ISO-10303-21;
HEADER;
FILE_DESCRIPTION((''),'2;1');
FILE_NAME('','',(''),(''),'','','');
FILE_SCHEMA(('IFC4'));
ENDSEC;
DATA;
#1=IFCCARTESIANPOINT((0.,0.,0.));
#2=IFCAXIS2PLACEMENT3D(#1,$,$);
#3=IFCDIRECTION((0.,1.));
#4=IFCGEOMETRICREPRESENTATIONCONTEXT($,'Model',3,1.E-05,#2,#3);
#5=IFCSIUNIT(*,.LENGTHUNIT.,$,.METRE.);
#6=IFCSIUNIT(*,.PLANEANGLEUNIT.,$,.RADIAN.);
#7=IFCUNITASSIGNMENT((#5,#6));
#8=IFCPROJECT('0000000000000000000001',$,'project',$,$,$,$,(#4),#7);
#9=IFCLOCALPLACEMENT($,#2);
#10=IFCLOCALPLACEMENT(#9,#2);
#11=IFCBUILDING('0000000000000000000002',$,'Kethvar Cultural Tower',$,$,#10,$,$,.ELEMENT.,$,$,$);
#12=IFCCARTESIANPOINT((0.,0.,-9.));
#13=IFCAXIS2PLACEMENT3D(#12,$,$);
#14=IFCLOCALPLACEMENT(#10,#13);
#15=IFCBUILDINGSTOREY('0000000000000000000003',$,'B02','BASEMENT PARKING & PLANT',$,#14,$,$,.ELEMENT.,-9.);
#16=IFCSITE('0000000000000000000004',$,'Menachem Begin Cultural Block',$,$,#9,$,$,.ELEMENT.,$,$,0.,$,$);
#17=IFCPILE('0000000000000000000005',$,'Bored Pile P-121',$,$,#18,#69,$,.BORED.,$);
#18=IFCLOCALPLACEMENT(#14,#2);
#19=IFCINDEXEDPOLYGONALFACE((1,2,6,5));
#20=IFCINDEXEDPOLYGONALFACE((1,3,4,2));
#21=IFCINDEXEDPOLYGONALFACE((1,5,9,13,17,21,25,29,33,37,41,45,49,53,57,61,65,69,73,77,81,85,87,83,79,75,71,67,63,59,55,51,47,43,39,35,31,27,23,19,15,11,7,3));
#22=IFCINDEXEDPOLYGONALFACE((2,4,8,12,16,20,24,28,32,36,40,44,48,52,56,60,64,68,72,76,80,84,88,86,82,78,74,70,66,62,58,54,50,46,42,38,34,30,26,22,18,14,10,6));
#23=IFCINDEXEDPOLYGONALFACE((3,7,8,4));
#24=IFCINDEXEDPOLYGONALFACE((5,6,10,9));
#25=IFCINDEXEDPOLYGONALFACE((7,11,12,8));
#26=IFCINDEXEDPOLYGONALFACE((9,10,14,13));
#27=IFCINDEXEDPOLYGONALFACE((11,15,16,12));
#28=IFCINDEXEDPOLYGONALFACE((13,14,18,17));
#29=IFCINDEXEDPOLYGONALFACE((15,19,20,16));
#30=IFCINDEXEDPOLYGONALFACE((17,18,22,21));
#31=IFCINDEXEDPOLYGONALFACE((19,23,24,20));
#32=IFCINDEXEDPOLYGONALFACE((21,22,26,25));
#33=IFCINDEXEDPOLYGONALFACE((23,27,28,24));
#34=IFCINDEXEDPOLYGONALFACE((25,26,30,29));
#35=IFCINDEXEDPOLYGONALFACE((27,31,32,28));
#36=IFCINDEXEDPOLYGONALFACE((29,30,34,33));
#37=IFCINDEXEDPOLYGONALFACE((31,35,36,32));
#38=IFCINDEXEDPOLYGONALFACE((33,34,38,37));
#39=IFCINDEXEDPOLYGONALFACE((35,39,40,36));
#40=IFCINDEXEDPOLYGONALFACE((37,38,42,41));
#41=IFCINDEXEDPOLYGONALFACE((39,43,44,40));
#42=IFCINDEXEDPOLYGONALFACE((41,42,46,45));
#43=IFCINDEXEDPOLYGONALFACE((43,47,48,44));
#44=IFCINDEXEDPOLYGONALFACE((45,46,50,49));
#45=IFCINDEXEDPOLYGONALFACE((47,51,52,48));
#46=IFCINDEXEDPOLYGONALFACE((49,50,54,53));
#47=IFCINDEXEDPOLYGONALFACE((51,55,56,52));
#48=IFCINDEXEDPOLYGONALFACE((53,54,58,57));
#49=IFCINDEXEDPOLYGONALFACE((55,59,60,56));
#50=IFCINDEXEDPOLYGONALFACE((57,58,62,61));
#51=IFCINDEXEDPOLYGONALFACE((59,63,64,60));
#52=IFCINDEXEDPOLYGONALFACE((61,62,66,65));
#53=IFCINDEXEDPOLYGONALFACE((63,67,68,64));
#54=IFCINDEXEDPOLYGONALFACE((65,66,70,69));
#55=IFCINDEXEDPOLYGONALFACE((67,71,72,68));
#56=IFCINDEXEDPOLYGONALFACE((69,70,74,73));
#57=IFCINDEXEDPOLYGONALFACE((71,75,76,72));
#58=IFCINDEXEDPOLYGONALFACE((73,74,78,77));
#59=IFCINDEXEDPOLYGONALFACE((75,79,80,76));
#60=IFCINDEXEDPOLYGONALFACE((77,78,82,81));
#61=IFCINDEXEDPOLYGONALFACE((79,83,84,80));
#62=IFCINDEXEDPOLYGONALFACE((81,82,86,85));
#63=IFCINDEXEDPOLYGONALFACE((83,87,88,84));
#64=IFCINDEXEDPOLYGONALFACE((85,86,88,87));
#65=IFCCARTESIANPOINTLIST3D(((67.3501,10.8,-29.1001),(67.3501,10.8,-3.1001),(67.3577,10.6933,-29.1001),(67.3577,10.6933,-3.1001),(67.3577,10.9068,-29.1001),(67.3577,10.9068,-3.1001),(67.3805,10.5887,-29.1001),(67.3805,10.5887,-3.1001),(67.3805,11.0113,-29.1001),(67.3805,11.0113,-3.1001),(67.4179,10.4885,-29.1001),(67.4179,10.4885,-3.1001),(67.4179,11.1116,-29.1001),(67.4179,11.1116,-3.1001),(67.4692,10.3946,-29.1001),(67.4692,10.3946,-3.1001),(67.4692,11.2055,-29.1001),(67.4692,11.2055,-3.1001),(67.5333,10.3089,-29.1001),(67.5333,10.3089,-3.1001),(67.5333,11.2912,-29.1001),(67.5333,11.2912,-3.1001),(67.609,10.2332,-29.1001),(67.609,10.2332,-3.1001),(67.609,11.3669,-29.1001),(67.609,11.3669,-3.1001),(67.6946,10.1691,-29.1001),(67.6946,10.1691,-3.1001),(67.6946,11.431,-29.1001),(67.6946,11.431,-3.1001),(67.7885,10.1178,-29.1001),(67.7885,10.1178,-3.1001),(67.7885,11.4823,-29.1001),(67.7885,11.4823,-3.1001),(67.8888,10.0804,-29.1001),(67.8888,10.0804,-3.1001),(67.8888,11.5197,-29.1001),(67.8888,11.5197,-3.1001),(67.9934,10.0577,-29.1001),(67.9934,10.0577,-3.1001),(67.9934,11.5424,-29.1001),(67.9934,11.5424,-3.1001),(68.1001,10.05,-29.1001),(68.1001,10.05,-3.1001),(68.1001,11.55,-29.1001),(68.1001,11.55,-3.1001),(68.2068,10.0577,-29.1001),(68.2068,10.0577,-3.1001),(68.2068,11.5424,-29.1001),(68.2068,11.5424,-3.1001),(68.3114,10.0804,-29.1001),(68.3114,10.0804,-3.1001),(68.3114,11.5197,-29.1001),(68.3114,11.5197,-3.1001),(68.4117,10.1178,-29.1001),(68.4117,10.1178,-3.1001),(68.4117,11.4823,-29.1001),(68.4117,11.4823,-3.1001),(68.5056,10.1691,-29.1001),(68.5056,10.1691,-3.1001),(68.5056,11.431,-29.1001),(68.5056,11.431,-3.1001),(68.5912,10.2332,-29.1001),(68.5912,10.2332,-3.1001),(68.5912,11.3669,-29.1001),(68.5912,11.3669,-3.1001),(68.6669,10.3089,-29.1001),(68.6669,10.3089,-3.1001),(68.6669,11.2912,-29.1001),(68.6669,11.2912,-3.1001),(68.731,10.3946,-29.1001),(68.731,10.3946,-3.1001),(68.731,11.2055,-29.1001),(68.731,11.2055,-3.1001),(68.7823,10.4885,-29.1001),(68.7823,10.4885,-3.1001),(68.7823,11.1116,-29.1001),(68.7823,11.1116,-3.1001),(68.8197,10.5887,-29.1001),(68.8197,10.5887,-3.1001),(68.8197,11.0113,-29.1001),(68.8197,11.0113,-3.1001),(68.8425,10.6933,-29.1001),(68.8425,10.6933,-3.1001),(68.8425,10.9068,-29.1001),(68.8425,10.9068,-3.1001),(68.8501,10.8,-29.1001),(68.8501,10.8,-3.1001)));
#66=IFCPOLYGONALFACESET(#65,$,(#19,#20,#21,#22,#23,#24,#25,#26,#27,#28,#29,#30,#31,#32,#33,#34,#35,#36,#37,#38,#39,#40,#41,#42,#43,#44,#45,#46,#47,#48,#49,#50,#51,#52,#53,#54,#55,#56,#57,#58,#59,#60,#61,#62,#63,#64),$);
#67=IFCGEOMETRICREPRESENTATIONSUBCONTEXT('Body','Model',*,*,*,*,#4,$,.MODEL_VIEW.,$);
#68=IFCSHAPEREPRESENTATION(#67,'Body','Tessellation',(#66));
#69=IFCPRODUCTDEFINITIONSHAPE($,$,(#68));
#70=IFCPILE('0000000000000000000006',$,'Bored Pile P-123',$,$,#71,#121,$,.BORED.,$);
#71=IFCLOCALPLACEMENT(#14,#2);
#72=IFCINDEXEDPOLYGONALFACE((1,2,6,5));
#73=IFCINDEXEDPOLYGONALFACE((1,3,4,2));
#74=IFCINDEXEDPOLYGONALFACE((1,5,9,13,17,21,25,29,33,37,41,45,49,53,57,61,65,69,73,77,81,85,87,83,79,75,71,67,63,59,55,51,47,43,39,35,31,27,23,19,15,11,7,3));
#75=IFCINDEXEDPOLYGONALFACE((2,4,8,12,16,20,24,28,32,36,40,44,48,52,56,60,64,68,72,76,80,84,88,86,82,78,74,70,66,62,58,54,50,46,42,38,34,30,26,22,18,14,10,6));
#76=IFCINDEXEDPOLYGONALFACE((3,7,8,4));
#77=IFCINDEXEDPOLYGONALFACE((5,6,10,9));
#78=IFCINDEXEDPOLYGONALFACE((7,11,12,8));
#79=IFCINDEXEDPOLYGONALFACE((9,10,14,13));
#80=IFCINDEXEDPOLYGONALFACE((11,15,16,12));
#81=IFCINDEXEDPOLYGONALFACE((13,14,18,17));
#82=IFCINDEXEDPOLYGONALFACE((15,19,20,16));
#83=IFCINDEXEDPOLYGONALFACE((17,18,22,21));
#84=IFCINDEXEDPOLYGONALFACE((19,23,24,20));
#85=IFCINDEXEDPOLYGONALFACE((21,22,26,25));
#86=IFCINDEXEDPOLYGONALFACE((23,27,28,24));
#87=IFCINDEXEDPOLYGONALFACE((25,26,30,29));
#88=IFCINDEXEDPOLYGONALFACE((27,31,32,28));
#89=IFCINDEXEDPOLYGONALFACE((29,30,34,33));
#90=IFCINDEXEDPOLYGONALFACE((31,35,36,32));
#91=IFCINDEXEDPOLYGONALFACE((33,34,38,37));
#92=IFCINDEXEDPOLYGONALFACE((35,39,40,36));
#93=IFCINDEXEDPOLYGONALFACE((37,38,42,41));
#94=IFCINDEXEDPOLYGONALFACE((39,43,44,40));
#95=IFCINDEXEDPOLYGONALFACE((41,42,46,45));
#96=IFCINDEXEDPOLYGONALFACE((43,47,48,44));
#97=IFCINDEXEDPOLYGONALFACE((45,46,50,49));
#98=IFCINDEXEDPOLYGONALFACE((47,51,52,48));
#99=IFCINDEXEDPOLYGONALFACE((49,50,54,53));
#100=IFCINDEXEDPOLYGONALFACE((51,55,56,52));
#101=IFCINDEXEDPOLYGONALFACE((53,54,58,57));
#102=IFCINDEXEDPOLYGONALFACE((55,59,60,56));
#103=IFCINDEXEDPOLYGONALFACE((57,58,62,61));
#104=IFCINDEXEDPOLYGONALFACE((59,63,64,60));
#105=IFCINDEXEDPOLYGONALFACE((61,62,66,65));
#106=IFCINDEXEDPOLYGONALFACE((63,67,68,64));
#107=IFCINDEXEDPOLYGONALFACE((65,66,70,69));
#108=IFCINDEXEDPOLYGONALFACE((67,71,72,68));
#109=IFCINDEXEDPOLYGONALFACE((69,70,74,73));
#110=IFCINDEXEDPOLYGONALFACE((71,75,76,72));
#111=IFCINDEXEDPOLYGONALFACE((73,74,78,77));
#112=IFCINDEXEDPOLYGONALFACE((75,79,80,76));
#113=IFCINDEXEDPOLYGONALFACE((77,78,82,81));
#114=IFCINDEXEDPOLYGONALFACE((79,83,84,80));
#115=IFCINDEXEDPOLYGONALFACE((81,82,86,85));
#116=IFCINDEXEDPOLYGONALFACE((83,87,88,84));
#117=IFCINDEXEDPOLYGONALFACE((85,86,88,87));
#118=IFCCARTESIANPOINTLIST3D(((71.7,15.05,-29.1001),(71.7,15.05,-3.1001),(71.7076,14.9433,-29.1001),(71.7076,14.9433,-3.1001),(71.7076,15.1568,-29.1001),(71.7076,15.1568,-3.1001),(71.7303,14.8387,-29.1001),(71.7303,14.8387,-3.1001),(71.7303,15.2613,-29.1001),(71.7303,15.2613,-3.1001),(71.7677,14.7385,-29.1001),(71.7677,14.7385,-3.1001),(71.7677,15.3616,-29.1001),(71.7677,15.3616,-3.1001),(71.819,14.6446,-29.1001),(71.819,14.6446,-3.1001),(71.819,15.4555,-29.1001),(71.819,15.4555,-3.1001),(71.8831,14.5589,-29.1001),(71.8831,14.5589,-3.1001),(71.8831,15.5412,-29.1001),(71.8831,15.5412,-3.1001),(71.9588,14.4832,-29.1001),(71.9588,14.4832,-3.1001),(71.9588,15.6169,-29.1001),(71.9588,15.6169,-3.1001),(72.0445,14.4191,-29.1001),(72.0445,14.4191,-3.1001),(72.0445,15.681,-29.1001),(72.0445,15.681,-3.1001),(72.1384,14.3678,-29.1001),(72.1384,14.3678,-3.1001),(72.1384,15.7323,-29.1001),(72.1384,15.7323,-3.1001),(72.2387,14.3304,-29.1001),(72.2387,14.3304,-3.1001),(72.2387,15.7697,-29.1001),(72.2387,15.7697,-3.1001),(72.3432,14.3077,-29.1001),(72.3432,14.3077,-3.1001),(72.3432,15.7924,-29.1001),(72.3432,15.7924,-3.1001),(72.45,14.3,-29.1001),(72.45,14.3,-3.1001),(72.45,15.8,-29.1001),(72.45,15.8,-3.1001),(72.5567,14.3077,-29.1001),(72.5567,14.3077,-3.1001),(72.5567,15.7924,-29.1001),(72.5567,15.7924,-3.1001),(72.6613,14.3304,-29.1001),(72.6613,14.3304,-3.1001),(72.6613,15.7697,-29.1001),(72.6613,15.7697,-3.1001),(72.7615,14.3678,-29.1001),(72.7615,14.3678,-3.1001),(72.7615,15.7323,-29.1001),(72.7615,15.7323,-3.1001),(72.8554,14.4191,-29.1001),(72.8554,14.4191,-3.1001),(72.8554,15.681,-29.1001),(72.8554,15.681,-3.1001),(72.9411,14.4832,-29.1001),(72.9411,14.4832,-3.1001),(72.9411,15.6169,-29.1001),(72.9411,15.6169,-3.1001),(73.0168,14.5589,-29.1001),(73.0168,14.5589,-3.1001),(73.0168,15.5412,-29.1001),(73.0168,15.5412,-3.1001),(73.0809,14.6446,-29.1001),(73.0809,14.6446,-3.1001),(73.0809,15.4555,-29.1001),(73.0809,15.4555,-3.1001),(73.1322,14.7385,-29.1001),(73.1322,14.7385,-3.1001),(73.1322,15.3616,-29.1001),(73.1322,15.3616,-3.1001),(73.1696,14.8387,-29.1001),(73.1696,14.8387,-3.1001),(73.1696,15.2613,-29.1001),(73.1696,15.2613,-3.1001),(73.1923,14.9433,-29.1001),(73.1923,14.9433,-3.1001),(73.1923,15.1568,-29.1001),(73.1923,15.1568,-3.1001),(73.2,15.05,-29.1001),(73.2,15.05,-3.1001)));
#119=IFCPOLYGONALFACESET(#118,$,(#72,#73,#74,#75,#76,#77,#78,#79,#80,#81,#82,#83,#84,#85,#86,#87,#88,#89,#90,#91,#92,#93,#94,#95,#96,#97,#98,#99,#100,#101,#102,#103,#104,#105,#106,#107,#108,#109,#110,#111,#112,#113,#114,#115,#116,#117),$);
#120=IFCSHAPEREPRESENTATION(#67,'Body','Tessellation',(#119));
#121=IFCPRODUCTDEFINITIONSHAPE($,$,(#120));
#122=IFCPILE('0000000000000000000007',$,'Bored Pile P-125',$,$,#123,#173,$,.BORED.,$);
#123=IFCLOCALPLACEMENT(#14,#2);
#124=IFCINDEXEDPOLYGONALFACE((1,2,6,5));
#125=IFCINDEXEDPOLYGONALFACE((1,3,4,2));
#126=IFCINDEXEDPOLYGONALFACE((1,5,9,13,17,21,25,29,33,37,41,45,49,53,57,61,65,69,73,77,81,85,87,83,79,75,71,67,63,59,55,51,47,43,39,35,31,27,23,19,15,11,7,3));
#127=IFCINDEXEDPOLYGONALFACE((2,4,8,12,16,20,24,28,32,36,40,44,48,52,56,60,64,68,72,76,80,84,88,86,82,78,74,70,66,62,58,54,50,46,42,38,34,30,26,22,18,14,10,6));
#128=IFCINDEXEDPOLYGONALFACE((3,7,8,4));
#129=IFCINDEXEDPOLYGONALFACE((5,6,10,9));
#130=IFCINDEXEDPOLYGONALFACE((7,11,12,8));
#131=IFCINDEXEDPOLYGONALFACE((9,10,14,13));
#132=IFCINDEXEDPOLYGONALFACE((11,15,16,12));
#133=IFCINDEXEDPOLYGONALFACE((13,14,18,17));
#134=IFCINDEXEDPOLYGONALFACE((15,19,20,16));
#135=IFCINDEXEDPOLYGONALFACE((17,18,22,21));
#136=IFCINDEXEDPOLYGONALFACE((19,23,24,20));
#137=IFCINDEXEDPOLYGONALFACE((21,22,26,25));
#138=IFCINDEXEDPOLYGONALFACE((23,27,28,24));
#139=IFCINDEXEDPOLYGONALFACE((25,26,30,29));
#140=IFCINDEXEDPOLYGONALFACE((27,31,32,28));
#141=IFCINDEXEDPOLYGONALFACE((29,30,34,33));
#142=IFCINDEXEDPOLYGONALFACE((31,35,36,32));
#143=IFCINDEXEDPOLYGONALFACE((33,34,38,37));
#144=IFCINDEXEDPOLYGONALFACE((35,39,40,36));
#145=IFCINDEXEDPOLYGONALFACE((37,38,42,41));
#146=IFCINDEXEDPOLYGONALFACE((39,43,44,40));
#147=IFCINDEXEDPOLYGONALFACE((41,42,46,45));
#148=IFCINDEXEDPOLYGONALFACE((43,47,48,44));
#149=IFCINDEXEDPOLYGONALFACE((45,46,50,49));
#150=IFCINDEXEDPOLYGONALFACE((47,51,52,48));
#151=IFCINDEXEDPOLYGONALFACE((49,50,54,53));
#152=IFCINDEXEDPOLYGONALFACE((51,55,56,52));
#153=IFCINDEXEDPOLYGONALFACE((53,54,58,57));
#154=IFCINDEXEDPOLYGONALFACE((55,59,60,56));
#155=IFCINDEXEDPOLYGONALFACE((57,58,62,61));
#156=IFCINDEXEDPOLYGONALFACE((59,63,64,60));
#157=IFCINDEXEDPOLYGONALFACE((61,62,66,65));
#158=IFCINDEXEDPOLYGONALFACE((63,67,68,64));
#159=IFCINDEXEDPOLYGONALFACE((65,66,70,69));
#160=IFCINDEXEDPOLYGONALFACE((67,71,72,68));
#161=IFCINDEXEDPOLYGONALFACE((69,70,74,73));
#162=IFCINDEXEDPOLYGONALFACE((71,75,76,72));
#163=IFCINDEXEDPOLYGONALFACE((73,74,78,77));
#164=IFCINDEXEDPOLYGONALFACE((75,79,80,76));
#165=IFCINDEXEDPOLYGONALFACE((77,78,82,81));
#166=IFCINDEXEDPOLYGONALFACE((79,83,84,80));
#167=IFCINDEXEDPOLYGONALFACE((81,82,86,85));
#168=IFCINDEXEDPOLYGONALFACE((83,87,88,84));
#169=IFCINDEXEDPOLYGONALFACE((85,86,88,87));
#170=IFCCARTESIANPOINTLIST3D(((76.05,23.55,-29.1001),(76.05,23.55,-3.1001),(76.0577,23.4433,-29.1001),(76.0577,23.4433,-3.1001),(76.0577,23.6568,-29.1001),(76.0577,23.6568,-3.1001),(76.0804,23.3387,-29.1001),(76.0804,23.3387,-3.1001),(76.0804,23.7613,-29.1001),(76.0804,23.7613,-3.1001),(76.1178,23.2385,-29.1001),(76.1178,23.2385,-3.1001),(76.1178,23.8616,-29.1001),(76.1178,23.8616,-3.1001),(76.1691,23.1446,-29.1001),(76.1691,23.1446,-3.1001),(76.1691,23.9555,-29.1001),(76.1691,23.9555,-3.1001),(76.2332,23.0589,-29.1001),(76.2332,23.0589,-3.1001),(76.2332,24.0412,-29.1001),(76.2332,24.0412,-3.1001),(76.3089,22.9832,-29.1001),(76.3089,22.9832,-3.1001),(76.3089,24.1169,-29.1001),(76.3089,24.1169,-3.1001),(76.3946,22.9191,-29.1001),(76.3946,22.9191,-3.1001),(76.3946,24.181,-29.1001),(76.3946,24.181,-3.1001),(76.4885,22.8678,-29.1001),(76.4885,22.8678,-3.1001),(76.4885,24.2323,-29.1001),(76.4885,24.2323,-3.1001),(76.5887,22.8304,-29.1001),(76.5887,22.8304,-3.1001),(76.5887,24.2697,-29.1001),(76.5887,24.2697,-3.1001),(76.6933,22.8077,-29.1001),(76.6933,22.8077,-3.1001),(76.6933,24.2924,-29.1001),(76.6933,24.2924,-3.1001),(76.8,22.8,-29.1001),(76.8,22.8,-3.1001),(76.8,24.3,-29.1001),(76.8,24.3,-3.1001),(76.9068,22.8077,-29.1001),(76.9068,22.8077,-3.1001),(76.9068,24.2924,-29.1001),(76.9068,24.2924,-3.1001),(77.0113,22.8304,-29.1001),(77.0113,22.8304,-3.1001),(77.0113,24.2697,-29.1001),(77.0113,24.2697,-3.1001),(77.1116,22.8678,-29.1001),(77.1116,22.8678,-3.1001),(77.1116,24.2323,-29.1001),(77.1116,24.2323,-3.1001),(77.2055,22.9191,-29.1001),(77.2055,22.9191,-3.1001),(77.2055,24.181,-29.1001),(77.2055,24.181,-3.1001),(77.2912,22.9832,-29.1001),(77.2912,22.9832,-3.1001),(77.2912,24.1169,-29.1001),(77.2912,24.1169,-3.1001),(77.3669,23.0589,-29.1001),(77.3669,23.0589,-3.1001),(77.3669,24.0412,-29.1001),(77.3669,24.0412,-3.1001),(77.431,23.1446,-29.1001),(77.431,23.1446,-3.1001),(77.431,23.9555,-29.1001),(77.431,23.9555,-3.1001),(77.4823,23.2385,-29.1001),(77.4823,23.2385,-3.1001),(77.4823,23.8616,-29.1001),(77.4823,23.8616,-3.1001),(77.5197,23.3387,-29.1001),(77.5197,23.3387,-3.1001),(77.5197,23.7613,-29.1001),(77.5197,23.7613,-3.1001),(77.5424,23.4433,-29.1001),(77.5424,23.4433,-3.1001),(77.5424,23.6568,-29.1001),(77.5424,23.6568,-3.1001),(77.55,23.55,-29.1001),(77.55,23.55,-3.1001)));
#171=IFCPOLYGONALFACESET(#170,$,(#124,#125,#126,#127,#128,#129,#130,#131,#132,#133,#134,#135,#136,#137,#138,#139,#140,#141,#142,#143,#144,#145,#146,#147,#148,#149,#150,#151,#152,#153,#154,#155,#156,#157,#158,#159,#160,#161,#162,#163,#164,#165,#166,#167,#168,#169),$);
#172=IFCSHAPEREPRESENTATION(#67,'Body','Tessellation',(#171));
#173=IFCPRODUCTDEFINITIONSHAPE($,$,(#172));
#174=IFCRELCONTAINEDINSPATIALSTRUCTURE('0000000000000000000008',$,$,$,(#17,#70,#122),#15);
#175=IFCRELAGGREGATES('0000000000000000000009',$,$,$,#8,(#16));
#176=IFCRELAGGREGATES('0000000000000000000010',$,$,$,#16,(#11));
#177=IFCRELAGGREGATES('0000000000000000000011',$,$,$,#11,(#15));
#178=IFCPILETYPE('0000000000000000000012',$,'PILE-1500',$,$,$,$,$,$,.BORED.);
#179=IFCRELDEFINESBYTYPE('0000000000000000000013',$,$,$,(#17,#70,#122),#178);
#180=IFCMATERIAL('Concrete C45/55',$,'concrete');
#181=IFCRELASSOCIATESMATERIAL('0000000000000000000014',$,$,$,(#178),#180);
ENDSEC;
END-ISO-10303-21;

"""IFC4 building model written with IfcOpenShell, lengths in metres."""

from ifc_helpers import new_model, si_unit, direction, frame, origin, origin_2d, place, context, subcontext, project, spatial, circle, extrude, source, transform, mapped, material, material_profile, profile_set, type_object, element, save


model = new_model("IFC4")

# Units and contexts
model_context = context("Model", 3, precision=1e-05, world=origin(), true_north=direction((0.0, 1.0)))
body_context = subcontext(model_context, "Body", "Model", "MODEL_VIEW")
ifc_project = project(units=[si_unit("LENGTHUNIT", "METRE"), si_unit("PLANEANGLEUNIT", "RADIAN")], contexts=[model_context])

# Site, building, storey
site_placement = place(None, origin())
site = spatial("IfcSite", under=ifc_project, at=site_placement, Name="Menachem Begin Cultural Block", CompositionType="ELEMENT", RefElevation=0.0)
building_placement = place(site_placement, origin())
building = spatial("IfcBuilding", under=site, at=building_placement, Name="Kethvar Cultural Tower", CompositionType="ELEMENT")
storey_placement = place(building_placement, frame((0.0, 0.0, -9.0)))
storey = spatial("IfcBuildingStorey", under=building, at=storey_placement, Name="B02", Description="BASEMENT PARKING & PLANT", CompositionType="ELEMENT", Elevation=-9.0)

# Piles
ifc_material_1 = material(Name="Concrete C45/55", Category="concrete")
ifc_material_profile_1 = material_profile(ifc_material_1, circle(Radius=0.75, at=origin_2d()), Name="Concrete C45/55 — PILE1500")
ifc_profile_set_1 = profile_set([ifc_material_profile_1], Name="Concrete C45/55 — PILE1500")
pile_type = type_object("IfcPileType", Name="PILE-1500", PredefinedType="BORED", material=ifc_profile_set_1)
shared_shape_1 = source(origin(), body_context, "Body", "SweptSolid", [
    extrude(circle(Radius=0.75, at=origin_2d()), origin(), (0.0, 0.0, 1.0), 26.0),
])
for number, where, z_axis, x_axis, name in (
    (1, (68.1001, 10.8, -3.1001), (0.0, 0.0, -1.0), (1.0, 0.0, 0.0), "Bored Pile P-121"),
    (2, (72.45, 15.05, -3.1001), (0.0, 0.0, -1.0), (1.0, 0.0, 0.0), "Bored Pile P-123"),
    (3, (76.8, 23.55, -3.1001), (0.0, 0.0, -1.0), (1.0, 0.0, 0.0), "Bored Pile P-125"),
):
    element("IfcPile", number, at=place(storey_placement, frame(where, z_axis=z_axis, x_axis=x_axis)), inside=storey, type_object=pile_type, Name=name, PredefinedType="BORED", context=body_context, shape_type="MappedRepresentation", body=[
        mapped(shared_shape_1, transform((0.0, 0.0, 0.0), scale=1.0)),
    ])

save(model, "model.ifc")
